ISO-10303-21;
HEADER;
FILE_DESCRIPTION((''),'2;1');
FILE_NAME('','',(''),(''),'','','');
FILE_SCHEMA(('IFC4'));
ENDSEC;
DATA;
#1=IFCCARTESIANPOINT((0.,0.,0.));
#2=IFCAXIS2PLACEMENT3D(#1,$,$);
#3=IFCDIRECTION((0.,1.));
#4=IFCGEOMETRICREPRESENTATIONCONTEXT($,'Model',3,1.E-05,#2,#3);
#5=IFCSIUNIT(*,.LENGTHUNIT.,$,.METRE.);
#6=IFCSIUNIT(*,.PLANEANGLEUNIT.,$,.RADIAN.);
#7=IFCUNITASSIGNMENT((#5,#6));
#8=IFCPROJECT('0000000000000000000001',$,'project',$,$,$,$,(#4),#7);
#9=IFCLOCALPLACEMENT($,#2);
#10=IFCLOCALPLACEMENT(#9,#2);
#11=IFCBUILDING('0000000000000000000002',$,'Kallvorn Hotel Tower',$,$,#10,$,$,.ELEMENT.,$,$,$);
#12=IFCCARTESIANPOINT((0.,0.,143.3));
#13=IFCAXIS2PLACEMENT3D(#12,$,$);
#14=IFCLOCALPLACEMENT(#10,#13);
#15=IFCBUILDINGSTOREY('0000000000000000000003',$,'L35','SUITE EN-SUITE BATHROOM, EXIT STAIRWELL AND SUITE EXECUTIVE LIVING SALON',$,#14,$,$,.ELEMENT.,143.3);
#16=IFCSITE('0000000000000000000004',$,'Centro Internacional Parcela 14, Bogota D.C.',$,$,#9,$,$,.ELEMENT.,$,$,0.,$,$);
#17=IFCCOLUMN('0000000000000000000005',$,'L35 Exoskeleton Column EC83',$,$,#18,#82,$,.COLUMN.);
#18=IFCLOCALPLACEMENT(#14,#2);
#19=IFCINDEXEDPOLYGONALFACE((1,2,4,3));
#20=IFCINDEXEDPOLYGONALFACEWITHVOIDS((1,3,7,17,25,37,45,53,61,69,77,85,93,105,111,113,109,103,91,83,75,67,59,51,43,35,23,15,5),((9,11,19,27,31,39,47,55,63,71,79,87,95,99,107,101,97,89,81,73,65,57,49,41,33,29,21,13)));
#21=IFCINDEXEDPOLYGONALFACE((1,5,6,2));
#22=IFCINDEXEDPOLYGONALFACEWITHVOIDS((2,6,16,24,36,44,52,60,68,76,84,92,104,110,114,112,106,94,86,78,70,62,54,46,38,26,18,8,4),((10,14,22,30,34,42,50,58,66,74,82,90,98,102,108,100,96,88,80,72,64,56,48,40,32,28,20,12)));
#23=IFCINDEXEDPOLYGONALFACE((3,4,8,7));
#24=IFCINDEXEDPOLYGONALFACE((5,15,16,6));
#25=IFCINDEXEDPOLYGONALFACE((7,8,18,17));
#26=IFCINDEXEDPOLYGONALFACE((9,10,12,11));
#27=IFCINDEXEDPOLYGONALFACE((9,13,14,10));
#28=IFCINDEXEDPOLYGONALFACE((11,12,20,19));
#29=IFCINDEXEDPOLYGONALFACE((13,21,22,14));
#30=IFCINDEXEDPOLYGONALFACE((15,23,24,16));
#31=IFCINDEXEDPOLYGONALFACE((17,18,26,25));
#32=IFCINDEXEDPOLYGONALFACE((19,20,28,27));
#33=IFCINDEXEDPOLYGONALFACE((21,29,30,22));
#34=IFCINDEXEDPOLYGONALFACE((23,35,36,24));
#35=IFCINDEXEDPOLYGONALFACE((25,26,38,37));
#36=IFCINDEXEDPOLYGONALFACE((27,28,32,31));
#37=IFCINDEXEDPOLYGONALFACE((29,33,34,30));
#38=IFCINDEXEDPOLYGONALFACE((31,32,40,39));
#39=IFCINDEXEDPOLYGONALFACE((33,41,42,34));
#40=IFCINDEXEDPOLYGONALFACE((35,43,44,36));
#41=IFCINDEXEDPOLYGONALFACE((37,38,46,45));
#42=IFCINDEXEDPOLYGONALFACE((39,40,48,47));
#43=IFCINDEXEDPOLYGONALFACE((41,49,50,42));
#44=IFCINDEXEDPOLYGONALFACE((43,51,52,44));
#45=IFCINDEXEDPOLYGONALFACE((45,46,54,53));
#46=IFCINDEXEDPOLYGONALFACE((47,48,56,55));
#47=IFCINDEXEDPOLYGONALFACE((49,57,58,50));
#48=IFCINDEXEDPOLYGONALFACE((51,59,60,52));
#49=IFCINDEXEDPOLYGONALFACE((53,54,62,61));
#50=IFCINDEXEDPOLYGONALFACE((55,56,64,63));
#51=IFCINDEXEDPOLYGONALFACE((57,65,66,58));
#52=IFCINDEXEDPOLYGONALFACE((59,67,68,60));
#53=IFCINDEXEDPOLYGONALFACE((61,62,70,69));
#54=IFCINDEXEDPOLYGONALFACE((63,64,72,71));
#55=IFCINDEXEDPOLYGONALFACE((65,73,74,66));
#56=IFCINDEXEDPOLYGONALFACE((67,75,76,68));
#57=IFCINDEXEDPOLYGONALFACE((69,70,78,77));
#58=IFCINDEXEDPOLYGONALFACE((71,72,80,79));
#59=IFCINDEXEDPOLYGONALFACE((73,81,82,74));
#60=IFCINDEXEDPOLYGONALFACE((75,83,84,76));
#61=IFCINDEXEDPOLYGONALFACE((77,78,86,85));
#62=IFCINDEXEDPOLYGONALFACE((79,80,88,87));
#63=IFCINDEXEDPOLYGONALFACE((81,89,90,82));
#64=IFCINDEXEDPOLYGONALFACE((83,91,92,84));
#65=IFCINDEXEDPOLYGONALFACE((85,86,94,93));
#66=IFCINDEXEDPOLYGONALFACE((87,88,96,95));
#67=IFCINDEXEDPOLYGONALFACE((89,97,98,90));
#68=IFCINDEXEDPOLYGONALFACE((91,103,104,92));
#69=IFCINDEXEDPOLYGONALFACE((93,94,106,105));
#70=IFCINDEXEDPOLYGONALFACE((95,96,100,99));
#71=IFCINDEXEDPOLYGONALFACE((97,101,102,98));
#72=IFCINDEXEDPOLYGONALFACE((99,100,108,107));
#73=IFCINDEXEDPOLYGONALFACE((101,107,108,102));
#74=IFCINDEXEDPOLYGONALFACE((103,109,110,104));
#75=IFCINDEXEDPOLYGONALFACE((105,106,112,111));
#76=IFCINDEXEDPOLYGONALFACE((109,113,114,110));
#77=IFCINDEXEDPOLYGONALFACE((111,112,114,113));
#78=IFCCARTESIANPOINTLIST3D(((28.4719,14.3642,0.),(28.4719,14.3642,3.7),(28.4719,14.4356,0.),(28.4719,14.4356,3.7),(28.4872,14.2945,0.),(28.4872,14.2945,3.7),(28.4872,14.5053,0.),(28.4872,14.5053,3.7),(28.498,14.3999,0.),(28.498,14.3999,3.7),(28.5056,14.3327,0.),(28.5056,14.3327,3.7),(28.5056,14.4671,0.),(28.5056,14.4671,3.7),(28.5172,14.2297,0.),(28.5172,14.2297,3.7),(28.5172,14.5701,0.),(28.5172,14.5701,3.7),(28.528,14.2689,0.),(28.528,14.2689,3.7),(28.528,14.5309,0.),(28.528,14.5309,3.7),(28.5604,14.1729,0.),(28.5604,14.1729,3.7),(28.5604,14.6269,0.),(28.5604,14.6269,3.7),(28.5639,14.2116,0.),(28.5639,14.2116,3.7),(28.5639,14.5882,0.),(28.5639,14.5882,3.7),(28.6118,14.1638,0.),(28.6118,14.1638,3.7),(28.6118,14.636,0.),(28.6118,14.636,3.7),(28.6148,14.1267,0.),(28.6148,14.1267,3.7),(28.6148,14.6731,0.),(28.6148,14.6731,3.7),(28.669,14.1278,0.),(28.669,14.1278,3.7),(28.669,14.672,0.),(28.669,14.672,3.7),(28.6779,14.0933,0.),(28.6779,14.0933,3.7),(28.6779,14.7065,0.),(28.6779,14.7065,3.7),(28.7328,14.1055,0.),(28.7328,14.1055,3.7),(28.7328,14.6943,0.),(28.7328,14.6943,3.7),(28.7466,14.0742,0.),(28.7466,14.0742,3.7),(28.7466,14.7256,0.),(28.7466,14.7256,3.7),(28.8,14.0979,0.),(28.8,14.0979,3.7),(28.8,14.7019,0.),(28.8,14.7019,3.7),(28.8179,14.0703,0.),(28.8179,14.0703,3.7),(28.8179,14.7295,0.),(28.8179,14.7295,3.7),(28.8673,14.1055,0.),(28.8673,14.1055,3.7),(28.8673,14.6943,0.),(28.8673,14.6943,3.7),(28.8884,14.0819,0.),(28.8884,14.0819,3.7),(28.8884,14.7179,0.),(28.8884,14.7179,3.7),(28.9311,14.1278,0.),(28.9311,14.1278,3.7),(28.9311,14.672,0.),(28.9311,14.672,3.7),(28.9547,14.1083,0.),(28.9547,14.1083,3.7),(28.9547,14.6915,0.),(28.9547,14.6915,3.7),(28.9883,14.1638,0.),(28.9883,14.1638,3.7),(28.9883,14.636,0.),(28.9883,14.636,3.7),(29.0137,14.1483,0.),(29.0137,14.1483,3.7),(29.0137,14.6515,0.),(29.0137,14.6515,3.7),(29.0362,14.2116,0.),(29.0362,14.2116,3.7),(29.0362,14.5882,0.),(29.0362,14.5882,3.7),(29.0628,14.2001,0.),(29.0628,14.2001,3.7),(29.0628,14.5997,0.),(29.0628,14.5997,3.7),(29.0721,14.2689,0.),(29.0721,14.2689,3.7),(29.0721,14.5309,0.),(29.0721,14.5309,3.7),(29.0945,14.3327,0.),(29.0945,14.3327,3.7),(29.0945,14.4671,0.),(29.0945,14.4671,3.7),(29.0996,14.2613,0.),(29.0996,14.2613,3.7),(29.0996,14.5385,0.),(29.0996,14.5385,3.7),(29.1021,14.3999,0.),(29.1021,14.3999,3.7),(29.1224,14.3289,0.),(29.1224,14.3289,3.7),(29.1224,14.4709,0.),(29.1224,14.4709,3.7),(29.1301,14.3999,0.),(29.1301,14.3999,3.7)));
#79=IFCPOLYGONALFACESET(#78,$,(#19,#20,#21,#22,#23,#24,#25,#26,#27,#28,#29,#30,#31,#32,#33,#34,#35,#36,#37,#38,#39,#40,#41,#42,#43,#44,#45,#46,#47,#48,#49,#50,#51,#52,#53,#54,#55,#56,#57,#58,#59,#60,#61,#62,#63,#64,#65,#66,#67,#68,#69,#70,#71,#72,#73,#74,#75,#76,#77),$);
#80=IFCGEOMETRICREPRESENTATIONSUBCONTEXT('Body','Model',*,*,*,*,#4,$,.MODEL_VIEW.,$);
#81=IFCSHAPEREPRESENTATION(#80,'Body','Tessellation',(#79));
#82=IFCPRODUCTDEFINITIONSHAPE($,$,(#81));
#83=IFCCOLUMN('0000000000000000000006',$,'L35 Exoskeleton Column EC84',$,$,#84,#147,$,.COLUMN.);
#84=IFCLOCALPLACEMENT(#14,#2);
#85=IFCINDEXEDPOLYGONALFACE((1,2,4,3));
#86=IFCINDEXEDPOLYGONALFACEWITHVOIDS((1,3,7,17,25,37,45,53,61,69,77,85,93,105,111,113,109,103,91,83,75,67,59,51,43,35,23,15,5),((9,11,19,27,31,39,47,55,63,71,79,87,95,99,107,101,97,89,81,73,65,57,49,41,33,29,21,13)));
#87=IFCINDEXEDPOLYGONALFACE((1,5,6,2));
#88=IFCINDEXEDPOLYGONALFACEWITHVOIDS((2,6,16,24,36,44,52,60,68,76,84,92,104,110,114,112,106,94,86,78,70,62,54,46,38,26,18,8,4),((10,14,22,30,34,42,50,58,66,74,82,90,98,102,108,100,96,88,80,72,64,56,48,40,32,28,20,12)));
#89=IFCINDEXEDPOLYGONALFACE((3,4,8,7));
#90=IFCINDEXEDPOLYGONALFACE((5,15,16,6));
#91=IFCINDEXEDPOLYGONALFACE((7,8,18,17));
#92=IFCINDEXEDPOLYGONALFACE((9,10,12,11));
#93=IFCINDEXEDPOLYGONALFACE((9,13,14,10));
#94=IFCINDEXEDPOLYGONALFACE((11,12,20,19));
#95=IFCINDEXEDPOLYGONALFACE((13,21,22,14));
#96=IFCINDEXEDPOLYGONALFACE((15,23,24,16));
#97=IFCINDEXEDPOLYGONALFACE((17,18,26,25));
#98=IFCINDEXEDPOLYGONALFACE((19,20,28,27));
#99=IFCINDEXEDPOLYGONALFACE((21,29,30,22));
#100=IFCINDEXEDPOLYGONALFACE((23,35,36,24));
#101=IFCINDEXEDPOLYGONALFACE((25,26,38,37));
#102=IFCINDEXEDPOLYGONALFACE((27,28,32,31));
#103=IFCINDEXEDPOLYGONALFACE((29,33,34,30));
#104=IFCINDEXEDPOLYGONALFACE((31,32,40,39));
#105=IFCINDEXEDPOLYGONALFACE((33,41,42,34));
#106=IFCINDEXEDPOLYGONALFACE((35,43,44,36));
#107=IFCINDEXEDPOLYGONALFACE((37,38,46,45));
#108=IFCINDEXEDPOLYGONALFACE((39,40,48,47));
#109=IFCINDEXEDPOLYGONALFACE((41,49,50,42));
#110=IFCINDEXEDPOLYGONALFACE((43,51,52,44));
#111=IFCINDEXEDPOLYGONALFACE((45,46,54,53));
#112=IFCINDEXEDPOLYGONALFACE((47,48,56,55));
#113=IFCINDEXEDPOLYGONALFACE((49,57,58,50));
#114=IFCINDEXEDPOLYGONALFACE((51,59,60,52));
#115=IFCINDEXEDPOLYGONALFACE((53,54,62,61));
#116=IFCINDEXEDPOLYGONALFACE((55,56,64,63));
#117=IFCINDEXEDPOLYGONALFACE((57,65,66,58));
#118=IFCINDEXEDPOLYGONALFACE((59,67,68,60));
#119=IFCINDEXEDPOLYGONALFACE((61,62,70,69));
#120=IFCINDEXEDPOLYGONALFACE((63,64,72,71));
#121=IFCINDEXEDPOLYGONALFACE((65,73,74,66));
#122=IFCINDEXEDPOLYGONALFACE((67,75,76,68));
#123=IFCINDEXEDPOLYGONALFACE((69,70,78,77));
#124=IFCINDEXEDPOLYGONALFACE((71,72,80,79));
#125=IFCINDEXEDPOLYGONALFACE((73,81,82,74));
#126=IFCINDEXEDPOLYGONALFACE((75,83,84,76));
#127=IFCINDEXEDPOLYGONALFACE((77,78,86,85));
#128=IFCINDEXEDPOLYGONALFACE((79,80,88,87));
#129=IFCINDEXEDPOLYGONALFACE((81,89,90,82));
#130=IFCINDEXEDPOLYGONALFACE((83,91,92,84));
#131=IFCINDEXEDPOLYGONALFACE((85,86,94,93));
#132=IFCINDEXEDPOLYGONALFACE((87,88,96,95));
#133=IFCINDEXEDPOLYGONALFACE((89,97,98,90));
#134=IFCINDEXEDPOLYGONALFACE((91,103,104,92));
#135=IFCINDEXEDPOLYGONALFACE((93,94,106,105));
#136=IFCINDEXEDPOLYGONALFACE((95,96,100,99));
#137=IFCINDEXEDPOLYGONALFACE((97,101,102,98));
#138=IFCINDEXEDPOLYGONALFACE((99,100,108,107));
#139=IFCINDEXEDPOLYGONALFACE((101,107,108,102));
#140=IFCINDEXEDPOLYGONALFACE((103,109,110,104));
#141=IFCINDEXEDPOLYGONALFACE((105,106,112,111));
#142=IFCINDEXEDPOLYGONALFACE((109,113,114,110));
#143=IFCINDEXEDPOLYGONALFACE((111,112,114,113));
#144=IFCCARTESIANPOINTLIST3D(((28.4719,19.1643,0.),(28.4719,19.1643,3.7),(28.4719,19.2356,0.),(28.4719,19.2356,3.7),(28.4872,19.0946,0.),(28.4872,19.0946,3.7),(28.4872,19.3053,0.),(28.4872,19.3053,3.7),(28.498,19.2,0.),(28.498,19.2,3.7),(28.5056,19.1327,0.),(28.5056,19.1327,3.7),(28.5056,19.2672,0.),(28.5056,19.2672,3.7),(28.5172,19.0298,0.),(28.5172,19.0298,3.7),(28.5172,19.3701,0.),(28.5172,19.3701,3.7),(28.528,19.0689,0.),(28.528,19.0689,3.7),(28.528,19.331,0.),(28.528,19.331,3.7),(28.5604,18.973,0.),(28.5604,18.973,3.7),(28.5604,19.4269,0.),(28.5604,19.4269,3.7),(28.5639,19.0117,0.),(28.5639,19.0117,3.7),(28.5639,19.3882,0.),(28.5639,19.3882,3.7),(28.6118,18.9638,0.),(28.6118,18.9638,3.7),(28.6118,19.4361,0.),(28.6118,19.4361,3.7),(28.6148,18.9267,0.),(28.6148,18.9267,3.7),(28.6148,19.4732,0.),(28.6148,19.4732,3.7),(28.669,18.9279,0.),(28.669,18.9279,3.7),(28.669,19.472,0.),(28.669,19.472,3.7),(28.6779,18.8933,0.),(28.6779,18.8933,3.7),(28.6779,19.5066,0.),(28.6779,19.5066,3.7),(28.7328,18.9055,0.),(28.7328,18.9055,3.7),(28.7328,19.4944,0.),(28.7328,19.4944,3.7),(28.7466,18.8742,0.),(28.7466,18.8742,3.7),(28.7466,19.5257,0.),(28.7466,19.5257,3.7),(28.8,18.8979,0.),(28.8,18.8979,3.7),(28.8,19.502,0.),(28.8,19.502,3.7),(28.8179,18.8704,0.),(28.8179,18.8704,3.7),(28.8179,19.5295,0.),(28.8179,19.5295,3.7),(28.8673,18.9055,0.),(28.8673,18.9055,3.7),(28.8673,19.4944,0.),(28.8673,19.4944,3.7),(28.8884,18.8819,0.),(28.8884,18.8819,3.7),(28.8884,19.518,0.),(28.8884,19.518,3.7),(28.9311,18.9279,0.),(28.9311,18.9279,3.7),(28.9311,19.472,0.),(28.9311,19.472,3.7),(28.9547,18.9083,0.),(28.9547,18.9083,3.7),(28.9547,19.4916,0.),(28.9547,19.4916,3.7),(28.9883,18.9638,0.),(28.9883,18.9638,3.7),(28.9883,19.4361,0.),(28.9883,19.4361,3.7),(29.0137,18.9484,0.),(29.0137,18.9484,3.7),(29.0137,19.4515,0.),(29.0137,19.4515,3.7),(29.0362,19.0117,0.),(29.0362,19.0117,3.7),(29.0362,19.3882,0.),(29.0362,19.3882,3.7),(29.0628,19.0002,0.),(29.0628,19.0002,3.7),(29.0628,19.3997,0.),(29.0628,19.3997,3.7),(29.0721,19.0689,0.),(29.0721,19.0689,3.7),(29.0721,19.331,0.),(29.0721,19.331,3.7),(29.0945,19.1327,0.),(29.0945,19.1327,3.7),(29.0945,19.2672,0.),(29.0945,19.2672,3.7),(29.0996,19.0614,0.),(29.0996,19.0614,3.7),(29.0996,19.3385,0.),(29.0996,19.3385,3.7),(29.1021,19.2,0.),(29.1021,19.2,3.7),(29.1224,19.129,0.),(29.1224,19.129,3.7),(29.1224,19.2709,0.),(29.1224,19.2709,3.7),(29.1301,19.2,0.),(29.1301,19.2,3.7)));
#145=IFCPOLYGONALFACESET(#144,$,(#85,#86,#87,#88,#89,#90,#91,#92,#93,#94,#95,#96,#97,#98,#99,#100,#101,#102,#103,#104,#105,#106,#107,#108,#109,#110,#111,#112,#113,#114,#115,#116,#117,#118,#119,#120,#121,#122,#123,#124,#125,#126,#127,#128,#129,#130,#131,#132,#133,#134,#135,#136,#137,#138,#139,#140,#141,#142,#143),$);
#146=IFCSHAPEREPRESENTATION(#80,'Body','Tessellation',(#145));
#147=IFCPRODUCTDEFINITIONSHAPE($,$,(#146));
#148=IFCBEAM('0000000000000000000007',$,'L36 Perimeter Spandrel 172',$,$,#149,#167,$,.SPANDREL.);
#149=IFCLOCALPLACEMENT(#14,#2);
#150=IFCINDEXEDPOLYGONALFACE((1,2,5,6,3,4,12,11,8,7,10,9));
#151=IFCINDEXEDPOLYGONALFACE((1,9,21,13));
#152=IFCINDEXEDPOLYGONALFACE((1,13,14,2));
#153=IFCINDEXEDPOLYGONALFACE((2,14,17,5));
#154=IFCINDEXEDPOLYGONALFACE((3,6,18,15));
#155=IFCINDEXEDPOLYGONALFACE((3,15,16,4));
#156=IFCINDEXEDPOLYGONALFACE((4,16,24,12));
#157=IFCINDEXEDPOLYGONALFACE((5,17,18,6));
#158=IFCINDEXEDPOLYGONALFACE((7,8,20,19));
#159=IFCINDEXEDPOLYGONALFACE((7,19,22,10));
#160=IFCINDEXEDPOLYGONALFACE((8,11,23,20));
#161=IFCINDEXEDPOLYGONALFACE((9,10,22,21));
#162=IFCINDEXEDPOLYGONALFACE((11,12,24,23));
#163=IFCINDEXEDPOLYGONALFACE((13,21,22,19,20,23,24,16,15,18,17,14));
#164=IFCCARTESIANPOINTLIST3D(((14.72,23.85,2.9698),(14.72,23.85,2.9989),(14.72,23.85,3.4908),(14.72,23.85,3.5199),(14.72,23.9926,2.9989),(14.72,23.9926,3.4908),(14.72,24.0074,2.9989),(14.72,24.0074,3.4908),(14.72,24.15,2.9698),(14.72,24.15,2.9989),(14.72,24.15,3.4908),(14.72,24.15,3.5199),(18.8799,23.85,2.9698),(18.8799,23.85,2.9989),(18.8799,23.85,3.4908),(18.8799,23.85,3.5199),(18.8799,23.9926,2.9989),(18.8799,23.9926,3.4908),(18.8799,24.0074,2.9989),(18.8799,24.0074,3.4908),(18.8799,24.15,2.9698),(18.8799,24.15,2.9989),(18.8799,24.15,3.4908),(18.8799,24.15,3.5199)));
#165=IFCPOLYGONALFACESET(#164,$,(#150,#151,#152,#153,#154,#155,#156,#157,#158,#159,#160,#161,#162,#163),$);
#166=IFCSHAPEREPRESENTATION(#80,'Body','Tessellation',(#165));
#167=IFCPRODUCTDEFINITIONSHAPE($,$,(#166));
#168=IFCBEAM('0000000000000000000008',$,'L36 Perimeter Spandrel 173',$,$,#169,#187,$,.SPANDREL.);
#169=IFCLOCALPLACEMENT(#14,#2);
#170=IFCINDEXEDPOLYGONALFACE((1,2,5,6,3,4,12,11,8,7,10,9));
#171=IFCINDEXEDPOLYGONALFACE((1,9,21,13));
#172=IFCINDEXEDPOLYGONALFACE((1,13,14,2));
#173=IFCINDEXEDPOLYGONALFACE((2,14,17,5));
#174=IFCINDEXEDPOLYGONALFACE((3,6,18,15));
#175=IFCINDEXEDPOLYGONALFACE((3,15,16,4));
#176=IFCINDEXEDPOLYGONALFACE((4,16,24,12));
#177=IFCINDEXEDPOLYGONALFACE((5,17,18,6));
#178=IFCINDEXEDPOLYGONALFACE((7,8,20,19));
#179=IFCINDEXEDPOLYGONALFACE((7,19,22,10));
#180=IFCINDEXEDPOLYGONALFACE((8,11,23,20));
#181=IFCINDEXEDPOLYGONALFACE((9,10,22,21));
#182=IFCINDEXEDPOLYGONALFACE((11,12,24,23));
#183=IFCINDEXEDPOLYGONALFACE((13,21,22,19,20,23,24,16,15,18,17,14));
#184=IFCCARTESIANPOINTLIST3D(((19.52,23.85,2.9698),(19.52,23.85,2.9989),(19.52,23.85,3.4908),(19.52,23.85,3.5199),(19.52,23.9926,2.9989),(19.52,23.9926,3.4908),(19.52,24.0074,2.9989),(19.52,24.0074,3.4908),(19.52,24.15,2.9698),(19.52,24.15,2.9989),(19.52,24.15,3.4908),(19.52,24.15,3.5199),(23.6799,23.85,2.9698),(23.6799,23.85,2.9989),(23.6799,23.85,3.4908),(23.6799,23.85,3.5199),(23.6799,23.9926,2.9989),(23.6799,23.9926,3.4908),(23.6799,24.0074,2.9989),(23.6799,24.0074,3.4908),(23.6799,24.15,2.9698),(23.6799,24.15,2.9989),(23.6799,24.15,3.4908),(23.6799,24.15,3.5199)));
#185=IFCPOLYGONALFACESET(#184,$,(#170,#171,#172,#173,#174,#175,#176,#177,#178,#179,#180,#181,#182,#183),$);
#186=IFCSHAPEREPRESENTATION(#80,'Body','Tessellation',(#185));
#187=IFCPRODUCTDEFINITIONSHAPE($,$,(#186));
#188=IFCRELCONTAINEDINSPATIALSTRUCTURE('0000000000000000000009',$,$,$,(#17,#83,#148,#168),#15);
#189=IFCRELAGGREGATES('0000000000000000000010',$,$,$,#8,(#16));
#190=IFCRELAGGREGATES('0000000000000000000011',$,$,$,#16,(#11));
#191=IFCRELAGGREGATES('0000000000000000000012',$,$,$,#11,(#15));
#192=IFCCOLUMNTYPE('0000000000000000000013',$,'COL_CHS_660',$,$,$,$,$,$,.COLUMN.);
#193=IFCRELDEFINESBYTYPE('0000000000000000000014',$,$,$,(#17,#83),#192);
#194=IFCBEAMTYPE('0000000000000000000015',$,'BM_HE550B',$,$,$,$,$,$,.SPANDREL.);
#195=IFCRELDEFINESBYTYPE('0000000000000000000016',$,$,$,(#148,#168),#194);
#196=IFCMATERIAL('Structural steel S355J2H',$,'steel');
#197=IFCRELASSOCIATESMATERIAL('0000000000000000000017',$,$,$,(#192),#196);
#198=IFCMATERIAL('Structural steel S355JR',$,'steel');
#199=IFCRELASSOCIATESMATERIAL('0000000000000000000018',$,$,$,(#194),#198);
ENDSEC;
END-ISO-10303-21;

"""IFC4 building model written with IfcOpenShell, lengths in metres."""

from ifc_helpers import new_model, si_unit, direction, frame, origin, origin_2d, place, context, subcontext, project, spatial, hollow_circle, i_section, extrude, material, material_profile, profile_set, type_object, element, save


model = new_model("IFC4")

# Units and contexts
model_context = context("Model", 3, precision=1e-05, world=origin(), true_north=direction((0.0, 1.0)))
body_context = subcontext(model_context, "Body", "Model", "MODEL_VIEW")
ifc_project = project(units=[si_unit("LENGTHUNIT", "METRE"), si_unit("PLANEANGLEUNIT", "RADIAN")], contexts=[model_context])

# Site, building, storey
site_placement = place(None, origin())
site = spatial("IfcSite", under=ifc_project, at=site_placement, Name="Centro Internacional Parcela 14, Bogota D.C.", CompositionType="ELEMENT", RefElevation=0.0)
building_placement = place(site_placement, origin())
building = spatial("IfcBuilding", under=site, at=building_placement, Name="Kallvorn Hotel Tower", CompositionType="ELEMENT")
storey_placement = place(building_placement, frame((0.0, 0.0, 143.3)))
storey = spatial("IfcBuildingStorey", under=building, at=storey_placement, Name="L35", Description="SUITE EN-SUITE BATHROOM, EXIT STAIRWELL AND SUITE EXECUTIVE LIVING SALON", CompositionType="ELEMENT", Elevation=143.3)

# Columns
ifc_material_1 = material(Name="Structural steel S355J2H", Category="steel")
ifc_material_profile_1 = material_profile(ifc_material_1, hollow_circle(Radius=0.3301, WallThickness=0.0281, at=origin_2d()), Name="CHS 660x28")
ifc_profile_set_1 = profile_set([ifc_material_profile_1], Name="Structural steel S355J2H")
column_type = type_object("IfcColumnType", Name="COL_CHS_660", PredefinedType="COLUMN", material=ifc_profile_set_1)
for number, where, z_axis, x_axis, name in (
    (1, (28.8, 14.3999, 0.0), (0.0, 0.0, 1.0), (1.0, 0.0, 0.0), "L35 Exoskeleton Column EC83"),
    (2, (28.8, 19.2, 0.0), (0.0, 0.0, 1.0), (1.0, 0.0, 0.0), "L35 Exoskeleton Column EC84"),
):
    element("IfcColumn", number, at=place(storey_placement, frame(where, z_axis=z_axis, x_axis=x_axis)), inside=storey, type_object=column_type, Name=name, PredefinedType="COLUMN", context=body_context, shape_type="SweptSolid", body=[
        extrude(hollow_circle(Radius=0.3301, WallThickness=0.0281, at=origin_2d()), origin(), (0.0, 0.0, 1.0), 3.7),
    ])

# Beams
ifc_material_2 = material(Name="Structural steel S355JR", Category="steel")
ifc_material_profile_2 = material_profile(ifc_material_2, i_section(OverallWidth=0.3, OverallDepth=0.55, WebThickness=0.0149, FlangeThickness=0.0291, at=origin_2d()), Name="HE 550 B")
ifc_profile_set_2 = profile_set([ifc_material_profile_2], Name="Structural steel S355JR")
beam_type_1 = type_object("IfcBeamType", Name="BM_HE550B", PredefinedType="SPANDREL", material=ifc_profile_set_2)
for number, where, z_axis, x_axis, name in (
    (3, (14.72, 24.0, 3.2449), (1.0, 0.0, 0.0), (0.0, 1.0, 0.0), "L36 Perimeter Spandrel 172"),
    (4, (19.52, 24.0, 3.2449), (1.0, 0.0, 0.0), (0.0, 1.0, 0.0), "L36 Perimeter Spandrel 173"),
):
    element("IfcBeam", number, at=place(storey_placement, frame(where, z_axis=z_axis, x_axis=x_axis)), inside=storey, type_object=beam_type_1, Name=name, PredefinedType="SPANDREL", context=body_context, shape_type="SweptSolid", body=[
        extrude(i_section(OverallWidth=0.3, OverallDepth=0.55, WebThickness=0.0149, FlangeThickness=0.0291, at=origin_2d()), origin(), (0.0, 0.0, 1.0), 4.1599),
    ])

save(model, "model.ifc")
